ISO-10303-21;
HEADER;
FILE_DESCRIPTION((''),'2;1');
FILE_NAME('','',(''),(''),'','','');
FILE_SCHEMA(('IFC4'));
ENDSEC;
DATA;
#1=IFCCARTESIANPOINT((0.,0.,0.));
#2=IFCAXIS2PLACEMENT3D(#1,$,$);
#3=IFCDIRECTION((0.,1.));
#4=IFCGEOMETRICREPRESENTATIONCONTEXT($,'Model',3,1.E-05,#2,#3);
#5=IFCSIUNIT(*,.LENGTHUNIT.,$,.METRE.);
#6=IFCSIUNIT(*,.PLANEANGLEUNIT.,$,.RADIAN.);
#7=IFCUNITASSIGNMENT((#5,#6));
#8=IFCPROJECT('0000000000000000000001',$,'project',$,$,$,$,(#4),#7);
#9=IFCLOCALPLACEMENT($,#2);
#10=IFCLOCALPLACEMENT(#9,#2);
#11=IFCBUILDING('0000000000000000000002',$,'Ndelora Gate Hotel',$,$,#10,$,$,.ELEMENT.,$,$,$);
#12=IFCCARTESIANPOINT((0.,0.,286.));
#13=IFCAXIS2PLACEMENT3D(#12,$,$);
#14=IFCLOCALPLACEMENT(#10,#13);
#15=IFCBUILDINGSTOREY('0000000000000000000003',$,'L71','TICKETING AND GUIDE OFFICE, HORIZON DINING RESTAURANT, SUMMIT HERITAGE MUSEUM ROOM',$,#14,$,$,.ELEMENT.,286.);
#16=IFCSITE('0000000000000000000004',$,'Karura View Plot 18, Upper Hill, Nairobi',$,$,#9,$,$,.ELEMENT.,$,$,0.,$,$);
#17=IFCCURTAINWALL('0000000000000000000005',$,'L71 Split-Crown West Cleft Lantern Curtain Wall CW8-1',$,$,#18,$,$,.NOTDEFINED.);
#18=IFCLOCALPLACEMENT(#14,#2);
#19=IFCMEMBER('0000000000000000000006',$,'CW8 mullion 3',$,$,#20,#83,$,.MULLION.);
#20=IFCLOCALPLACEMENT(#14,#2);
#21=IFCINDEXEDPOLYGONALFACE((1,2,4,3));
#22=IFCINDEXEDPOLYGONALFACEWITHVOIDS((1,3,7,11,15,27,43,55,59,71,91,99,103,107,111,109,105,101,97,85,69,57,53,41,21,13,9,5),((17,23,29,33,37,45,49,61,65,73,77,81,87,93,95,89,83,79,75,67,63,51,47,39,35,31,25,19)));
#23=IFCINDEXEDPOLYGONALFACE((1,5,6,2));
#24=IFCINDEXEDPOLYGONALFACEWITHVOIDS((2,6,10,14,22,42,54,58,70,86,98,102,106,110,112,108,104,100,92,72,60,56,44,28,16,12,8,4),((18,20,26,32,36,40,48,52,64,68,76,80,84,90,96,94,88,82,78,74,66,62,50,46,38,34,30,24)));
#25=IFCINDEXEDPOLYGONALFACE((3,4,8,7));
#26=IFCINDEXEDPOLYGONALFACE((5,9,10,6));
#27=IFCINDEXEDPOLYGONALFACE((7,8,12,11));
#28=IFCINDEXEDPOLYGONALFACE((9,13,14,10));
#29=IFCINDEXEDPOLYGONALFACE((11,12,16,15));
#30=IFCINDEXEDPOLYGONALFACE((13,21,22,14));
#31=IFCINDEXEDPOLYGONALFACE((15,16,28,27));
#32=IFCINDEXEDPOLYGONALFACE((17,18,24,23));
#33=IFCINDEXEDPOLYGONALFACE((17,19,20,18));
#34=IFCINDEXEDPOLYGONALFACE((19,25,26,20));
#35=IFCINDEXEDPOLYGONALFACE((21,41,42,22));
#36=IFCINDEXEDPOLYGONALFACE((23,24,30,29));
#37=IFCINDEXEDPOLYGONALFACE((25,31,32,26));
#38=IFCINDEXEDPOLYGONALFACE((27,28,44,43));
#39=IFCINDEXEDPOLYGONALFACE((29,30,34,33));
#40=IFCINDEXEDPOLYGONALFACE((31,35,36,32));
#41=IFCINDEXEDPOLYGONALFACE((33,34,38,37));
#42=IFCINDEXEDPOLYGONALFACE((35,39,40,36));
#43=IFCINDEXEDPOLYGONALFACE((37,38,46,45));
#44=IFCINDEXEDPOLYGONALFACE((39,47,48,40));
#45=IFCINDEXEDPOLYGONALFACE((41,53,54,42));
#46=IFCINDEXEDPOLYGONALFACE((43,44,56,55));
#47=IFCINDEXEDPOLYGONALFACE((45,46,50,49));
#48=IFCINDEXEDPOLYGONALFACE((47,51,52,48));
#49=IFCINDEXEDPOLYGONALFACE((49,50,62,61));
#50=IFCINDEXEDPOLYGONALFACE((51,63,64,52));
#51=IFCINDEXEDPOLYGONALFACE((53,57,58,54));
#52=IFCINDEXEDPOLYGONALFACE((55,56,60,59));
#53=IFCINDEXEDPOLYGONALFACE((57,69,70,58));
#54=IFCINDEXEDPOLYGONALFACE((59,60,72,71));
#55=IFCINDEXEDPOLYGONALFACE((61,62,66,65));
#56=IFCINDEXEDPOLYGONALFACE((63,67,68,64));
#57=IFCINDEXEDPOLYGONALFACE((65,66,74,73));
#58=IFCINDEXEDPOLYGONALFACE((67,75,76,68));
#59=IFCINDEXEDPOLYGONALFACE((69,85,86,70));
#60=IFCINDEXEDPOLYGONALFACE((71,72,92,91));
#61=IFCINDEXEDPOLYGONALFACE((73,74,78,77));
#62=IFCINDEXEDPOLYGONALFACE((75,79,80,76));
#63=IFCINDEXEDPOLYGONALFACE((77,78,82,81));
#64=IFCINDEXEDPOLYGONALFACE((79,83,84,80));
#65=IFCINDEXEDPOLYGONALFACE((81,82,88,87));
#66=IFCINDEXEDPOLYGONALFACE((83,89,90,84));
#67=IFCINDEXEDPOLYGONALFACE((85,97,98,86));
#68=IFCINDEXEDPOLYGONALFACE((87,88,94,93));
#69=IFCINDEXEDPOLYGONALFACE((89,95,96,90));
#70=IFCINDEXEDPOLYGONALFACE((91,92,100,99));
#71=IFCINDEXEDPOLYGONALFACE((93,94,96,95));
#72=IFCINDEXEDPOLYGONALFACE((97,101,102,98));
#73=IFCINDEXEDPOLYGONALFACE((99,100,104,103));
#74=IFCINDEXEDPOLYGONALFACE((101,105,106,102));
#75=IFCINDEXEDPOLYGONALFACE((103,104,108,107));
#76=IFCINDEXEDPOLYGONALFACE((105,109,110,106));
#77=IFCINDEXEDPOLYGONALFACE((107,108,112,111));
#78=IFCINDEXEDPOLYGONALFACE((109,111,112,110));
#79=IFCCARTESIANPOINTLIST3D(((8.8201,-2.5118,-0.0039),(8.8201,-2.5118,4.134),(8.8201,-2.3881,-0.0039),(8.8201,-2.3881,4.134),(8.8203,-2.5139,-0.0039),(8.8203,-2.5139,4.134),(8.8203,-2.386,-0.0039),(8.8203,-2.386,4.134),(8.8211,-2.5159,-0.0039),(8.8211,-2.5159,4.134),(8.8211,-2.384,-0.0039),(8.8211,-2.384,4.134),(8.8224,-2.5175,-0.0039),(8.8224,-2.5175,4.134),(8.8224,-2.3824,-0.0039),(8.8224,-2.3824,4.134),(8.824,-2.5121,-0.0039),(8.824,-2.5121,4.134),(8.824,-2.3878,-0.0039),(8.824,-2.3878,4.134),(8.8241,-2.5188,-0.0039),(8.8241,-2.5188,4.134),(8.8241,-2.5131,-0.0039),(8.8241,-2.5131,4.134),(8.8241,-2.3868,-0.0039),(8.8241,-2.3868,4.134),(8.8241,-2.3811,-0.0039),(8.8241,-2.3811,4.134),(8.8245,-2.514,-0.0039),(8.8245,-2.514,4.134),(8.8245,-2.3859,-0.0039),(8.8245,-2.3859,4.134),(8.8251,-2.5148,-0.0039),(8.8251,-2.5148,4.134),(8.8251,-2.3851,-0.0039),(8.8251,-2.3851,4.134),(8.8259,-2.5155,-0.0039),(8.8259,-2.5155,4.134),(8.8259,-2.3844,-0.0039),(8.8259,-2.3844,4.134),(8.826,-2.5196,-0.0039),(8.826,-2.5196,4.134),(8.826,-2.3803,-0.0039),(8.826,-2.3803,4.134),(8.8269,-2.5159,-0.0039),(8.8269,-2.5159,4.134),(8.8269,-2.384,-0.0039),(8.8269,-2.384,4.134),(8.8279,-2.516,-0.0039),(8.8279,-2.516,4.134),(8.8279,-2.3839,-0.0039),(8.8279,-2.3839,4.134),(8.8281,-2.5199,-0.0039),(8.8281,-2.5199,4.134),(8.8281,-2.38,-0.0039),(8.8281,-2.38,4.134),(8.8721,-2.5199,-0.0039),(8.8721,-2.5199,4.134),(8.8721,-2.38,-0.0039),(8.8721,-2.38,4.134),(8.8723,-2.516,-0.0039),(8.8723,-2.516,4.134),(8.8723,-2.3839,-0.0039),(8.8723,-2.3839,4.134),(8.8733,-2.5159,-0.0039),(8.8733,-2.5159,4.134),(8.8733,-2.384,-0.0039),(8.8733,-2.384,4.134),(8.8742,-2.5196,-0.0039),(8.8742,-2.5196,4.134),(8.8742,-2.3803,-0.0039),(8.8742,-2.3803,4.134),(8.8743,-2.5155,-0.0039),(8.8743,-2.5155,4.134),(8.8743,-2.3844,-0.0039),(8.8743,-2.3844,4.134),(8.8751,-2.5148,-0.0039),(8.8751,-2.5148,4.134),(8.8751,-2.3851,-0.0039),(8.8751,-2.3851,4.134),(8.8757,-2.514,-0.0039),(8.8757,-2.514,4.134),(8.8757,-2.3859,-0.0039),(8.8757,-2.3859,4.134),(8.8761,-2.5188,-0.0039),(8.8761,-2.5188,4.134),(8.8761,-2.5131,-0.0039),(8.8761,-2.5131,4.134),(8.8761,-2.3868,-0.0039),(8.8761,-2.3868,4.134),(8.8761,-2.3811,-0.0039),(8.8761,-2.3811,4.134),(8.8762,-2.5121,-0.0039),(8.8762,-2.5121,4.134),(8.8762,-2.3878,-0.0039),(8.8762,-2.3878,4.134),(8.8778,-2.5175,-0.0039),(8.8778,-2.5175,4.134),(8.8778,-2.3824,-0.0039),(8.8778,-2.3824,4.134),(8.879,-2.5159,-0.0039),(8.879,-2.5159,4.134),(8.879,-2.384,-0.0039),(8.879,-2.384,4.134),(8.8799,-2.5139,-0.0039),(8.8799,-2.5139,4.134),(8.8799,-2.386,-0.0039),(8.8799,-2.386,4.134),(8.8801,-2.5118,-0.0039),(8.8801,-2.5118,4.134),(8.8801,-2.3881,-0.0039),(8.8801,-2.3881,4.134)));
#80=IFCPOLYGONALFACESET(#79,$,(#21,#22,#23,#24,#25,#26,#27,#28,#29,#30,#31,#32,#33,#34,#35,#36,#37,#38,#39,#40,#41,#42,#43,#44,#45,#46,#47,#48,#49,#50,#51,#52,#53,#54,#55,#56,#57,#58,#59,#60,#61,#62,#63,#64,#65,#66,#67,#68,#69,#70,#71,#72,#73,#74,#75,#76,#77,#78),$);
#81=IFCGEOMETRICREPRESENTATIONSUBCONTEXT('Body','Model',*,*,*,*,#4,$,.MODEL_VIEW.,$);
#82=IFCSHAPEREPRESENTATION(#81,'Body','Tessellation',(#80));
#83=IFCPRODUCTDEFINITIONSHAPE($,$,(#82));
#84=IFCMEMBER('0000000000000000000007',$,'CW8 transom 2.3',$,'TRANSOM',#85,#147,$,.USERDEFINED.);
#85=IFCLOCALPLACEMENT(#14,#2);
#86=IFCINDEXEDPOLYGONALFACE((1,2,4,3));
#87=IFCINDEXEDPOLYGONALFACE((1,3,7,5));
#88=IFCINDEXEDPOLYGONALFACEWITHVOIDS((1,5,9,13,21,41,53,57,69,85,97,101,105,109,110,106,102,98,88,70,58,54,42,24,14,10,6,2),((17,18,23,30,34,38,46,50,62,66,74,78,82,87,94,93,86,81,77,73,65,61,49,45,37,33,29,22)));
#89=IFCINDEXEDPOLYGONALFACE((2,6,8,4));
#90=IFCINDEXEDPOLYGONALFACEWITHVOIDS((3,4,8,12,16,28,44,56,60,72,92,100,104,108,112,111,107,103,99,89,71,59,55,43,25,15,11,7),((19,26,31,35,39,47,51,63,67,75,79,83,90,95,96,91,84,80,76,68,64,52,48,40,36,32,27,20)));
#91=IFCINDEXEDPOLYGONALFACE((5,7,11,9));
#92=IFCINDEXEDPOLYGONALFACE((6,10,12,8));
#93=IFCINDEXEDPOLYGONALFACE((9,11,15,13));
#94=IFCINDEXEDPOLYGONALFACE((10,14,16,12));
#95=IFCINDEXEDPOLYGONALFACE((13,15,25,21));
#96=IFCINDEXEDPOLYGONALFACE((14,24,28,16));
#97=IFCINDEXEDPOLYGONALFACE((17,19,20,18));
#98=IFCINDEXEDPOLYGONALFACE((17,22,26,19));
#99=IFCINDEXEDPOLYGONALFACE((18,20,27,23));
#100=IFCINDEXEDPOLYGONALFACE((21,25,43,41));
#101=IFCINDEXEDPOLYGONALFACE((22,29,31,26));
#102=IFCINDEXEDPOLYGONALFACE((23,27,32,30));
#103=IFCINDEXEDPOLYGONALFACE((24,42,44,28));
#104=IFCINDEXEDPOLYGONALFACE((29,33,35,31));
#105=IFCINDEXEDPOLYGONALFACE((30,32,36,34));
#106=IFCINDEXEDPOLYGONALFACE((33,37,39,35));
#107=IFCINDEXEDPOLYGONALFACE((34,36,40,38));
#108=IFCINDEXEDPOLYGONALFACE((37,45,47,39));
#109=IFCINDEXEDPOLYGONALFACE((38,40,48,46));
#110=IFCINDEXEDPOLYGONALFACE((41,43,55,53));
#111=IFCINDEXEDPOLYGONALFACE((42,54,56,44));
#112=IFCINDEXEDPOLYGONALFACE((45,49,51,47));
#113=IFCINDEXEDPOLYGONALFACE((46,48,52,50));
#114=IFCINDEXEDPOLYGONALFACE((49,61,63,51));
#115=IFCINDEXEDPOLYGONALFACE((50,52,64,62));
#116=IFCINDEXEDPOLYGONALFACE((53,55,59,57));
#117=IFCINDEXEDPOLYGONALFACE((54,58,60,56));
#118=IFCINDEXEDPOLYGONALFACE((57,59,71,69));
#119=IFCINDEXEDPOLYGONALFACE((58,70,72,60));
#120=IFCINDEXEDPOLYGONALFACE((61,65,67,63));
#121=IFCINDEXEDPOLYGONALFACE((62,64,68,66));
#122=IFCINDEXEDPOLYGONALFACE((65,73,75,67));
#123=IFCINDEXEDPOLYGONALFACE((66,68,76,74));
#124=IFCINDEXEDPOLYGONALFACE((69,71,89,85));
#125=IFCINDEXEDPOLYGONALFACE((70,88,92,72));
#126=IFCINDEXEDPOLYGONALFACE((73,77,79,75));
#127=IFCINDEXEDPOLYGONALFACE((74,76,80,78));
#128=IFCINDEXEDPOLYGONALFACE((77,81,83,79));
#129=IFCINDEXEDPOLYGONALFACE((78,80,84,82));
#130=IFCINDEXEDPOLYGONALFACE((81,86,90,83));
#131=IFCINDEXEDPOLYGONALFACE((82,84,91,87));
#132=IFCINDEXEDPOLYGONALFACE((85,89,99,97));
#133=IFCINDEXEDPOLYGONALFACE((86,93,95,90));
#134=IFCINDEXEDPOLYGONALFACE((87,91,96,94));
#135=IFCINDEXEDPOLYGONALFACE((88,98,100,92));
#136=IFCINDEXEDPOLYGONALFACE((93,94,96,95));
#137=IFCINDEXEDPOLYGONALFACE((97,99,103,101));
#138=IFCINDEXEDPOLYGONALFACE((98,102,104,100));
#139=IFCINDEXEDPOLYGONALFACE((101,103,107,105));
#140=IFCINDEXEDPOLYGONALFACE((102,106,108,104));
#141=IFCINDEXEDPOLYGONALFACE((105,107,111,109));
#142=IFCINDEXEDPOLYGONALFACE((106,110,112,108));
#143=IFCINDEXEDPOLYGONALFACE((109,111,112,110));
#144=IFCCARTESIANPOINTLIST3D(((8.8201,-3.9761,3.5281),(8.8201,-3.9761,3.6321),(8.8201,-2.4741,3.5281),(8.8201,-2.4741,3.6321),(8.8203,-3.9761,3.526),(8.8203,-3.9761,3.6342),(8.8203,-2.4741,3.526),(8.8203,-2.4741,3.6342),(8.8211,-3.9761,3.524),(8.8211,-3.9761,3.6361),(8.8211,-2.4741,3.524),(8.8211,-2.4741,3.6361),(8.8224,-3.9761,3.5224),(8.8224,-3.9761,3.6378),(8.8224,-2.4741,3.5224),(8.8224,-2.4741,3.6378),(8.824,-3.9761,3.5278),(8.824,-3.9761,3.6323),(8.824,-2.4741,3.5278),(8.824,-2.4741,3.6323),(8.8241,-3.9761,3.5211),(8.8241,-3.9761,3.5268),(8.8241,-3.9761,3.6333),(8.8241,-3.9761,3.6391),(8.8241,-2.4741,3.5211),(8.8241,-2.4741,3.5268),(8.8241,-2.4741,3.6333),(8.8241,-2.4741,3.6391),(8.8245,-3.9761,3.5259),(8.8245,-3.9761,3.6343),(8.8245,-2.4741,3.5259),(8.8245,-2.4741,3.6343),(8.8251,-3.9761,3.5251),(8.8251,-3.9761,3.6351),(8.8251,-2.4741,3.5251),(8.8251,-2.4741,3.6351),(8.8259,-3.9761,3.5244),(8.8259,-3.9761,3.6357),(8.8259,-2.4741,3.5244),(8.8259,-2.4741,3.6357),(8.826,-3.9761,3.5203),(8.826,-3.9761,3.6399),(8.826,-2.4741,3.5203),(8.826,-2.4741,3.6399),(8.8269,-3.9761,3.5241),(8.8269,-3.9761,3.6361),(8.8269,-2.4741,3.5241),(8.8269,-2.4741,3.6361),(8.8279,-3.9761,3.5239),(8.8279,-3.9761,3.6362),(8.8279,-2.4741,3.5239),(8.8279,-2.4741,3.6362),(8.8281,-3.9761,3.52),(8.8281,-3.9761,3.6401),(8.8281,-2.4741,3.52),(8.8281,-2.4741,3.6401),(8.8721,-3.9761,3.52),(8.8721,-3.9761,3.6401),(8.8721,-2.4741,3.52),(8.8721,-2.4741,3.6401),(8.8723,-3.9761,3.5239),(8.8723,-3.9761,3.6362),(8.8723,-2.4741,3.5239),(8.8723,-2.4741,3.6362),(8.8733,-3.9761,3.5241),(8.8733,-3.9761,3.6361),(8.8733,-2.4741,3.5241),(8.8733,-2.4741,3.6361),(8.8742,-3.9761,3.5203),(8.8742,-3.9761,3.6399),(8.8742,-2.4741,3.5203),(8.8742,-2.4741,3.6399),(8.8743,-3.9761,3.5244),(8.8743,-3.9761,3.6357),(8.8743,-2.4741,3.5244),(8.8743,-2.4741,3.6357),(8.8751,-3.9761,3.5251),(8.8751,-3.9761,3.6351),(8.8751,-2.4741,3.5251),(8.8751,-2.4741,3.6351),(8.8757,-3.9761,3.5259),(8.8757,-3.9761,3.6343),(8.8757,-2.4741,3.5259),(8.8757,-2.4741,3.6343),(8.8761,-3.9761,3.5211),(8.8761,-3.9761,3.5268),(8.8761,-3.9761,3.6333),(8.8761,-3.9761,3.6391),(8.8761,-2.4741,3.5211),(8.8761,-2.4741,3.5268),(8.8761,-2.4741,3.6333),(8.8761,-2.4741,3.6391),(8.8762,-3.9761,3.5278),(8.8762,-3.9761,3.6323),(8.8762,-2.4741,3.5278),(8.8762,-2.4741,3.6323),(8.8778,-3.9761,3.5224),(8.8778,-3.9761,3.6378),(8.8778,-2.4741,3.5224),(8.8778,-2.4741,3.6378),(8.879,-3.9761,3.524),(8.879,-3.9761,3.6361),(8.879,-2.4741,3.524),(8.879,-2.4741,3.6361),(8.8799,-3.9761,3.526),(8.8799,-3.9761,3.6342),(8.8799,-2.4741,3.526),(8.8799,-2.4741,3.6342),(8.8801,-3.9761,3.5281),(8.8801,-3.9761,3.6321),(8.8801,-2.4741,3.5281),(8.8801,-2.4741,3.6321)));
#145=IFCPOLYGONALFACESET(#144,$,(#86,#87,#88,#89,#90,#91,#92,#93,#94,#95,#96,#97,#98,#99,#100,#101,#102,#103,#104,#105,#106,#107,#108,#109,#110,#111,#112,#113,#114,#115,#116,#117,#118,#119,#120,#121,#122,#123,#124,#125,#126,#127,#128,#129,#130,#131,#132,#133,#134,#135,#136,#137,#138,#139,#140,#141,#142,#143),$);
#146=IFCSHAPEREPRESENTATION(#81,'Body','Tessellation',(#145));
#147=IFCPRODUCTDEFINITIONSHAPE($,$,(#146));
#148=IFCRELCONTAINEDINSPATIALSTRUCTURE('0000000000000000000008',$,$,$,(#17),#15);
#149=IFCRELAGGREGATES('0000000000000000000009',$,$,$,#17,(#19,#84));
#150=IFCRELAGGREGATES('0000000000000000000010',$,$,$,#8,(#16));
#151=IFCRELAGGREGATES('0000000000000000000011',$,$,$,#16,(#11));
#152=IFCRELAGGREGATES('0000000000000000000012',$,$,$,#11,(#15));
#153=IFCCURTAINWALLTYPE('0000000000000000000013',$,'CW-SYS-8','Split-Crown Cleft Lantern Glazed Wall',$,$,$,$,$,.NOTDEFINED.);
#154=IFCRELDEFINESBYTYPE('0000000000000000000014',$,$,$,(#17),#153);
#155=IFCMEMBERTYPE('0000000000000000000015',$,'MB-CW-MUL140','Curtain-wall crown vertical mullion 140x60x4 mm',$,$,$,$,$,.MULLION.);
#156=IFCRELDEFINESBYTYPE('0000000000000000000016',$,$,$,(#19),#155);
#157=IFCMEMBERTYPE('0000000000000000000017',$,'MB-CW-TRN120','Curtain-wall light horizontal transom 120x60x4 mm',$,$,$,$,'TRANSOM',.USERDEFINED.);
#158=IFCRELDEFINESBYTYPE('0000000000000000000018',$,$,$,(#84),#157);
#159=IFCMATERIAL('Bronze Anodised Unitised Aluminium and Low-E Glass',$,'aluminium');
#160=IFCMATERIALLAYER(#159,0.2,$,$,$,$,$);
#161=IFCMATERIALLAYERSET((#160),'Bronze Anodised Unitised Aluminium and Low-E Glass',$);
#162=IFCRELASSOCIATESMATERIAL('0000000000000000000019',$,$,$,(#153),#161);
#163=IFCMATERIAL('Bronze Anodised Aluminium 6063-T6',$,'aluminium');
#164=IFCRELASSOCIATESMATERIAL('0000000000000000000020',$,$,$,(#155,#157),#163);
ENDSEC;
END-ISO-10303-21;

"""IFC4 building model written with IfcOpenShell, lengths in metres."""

from ifc_helpers import new_model, si_unit, direction, frame, origin, origin_2d, place, context, subcontext, project, spatial, hollow_rectangle, extrude, material, layer, layer_set, material_profile, profile_set, type_object, element, aggregate, save


model = new_model("IFC4")

# Units and contexts
model_context = context("Model", 3, precision=1e-05, world=origin(), true_north=direction((0.0, 1.0)))
body_context = subcontext(model_context, "Body", "Model", "MODEL_VIEW")
ifc_project = project(units=[si_unit("LENGTHUNIT", "METRE"), si_unit("PLANEANGLEUNIT", "RADIAN")], contexts=[model_context])

# Site, building, storey
site_placement = place(None, origin())
site = spatial("IfcSite", under=ifc_project, at=site_placement, Name="Karura View Plot 18, Upper Hill, Nairobi", CompositionType="ELEMENT", RefElevation=0.0)
building_placement = place(site_placement, origin())
building = spatial("IfcBuilding", under=site, at=building_placement, Name="Ndelora Gate Hotel", CompositionType="ELEMENT")
storey_placement = place(building_placement, frame((0.0, 0.0, 286.0)))
storey = spatial("IfcBuildingStorey", under=building, at=storey_placement, Name="L71", Description="TICKETING AND GUIDE OFFICE, HORIZON DINING RESTAURANT, SUMMIT HERITAGE MUSEUM ROOM", CompositionType="ELEMENT", Elevation=286.0)

# Curtain wall, members
ifc_material_1 = material(Name="Bronze Anodised Unitised Aluminium and Low-E Glass", Category="aluminium")
ifc_layer_1 = layer(ifc_material_1, 0.2)
ifc_layer_set_1 = layer_set([ifc_layer_1], Name="Bronze Anodised Unitised Aluminium and Low-E Glass")
curtain_wall_type = type_object("IfcCurtainWallType", Name="CW-SYS-8", Description="Split-Crown Cleft Lantern Glazed Wall", PredefinedType="NOTDEFINED", material=ifc_layer_set_1)
curtain_wall_placement = place(storey_placement, origin())
curtain_wall = element("IfcCurtainWall", 1, at=curtain_wall_placement, inside=storey, type_object=curtain_wall_type, Name="L71 Split-Crown West Cleft Lantern Curtain Wall CW8-1", PredefinedType="NOTDEFINED")
ifc_material_2 = material(Name="Bronze Anodised Aluminium 6063-T6", Category="aluminium")
ifc_material_profile_1 = material_profile(ifc_material_2, hollow_rectangle(XDim=0.0601, YDim=0.1399, WallThickness=0.0039, InnerFilletRadius=0.0039, OuterFilletRadius=0.0081, at=origin_2d()), Name="ALU 140x60x4")
ifc_profile_set_1 = profile_set([ifc_material_profile_1], Name="Bronze Anodised Aluminium 6063-T6")
member_type_1 = type_object("IfcMemberType", Name="MB-CW-MUL140", Description="Curtain-wall crown vertical mullion 140x60x4 mm", PredefinedType="MULLION", material=ifc_profile_set_1)
member_1_placement = place(storey_placement, frame((8.8501, -2.45, -0.0039), z_axis=(0.0, 0.0, 1.0), x_axis=(-1.0, 0.0, 0.0)))
member_1 = element("IfcMember", 2, at=member_1_placement, type_object=member_type_1, Name="CW8 mullion 3", PredefinedType="MULLION", context=body_context, shape_type="SweptSolid", body=[
    extrude(hollow_rectangle(XDim=0.0601, YDim=0.1399, WallThickness=0.0039, InnerFilletRadius=0.0039, OuterFilletRadius=0.0081, at=origin_2d()), origin(), (0.0, 0.0, 1.0), 4.1379),
])
ifc_material_profile_2 = material_profile(ifc_material_2, hollow_rectangle(XDim=0.0601, YDim=0.1201, WallThickness=0.0039, InnerFilletRadius=0.0039, OuterFilletRadius=0.0081, at=origin_2d()), Name="ALU 120x60x4")
ifc_profile_set_2 = profile_set([ifc_material_profile_2], Name="Bronze Anodised Aluminium 6063-T6")
member_type_2 = type_object("IfcMemberType", Name="MB-CW-TRN120", Description="Curtain-wall light horizontal transom 120x60x4 mm", ElementType="TRANSOM", PredefinedType="USERDEFINED", material=ifc_profile_set_2)
member_2_placement = place(storey_placement, frame((8.8501, -3.9761, 3.5801), z_axis=(0.0, 1.0, 0.0), x_axis=(-1.0, 0.0, 0.0)))
member_2 = element("IfcMember", 3, at=member_2_placement, type_object=member_type_2, Name="CW8 transom 2.3", ObjectType="TRANSOM", PredefinedType="USERDEFINED", context=body_context, shape_type="SweptSolid", body=[
    extrude(hollow_rectangle(XDim=0.0601, YDim=0.1201, WallThickness=0.0039, InnerFilletRadius=0.0039, OuterFilletRadius=0.0081, at=origin_2d()), origin(), (0.0, 0.0, 1.0), 1.502),
])
aggregate(curtain_wall, [member_1, member_2])

save(model, "model.ifc")
